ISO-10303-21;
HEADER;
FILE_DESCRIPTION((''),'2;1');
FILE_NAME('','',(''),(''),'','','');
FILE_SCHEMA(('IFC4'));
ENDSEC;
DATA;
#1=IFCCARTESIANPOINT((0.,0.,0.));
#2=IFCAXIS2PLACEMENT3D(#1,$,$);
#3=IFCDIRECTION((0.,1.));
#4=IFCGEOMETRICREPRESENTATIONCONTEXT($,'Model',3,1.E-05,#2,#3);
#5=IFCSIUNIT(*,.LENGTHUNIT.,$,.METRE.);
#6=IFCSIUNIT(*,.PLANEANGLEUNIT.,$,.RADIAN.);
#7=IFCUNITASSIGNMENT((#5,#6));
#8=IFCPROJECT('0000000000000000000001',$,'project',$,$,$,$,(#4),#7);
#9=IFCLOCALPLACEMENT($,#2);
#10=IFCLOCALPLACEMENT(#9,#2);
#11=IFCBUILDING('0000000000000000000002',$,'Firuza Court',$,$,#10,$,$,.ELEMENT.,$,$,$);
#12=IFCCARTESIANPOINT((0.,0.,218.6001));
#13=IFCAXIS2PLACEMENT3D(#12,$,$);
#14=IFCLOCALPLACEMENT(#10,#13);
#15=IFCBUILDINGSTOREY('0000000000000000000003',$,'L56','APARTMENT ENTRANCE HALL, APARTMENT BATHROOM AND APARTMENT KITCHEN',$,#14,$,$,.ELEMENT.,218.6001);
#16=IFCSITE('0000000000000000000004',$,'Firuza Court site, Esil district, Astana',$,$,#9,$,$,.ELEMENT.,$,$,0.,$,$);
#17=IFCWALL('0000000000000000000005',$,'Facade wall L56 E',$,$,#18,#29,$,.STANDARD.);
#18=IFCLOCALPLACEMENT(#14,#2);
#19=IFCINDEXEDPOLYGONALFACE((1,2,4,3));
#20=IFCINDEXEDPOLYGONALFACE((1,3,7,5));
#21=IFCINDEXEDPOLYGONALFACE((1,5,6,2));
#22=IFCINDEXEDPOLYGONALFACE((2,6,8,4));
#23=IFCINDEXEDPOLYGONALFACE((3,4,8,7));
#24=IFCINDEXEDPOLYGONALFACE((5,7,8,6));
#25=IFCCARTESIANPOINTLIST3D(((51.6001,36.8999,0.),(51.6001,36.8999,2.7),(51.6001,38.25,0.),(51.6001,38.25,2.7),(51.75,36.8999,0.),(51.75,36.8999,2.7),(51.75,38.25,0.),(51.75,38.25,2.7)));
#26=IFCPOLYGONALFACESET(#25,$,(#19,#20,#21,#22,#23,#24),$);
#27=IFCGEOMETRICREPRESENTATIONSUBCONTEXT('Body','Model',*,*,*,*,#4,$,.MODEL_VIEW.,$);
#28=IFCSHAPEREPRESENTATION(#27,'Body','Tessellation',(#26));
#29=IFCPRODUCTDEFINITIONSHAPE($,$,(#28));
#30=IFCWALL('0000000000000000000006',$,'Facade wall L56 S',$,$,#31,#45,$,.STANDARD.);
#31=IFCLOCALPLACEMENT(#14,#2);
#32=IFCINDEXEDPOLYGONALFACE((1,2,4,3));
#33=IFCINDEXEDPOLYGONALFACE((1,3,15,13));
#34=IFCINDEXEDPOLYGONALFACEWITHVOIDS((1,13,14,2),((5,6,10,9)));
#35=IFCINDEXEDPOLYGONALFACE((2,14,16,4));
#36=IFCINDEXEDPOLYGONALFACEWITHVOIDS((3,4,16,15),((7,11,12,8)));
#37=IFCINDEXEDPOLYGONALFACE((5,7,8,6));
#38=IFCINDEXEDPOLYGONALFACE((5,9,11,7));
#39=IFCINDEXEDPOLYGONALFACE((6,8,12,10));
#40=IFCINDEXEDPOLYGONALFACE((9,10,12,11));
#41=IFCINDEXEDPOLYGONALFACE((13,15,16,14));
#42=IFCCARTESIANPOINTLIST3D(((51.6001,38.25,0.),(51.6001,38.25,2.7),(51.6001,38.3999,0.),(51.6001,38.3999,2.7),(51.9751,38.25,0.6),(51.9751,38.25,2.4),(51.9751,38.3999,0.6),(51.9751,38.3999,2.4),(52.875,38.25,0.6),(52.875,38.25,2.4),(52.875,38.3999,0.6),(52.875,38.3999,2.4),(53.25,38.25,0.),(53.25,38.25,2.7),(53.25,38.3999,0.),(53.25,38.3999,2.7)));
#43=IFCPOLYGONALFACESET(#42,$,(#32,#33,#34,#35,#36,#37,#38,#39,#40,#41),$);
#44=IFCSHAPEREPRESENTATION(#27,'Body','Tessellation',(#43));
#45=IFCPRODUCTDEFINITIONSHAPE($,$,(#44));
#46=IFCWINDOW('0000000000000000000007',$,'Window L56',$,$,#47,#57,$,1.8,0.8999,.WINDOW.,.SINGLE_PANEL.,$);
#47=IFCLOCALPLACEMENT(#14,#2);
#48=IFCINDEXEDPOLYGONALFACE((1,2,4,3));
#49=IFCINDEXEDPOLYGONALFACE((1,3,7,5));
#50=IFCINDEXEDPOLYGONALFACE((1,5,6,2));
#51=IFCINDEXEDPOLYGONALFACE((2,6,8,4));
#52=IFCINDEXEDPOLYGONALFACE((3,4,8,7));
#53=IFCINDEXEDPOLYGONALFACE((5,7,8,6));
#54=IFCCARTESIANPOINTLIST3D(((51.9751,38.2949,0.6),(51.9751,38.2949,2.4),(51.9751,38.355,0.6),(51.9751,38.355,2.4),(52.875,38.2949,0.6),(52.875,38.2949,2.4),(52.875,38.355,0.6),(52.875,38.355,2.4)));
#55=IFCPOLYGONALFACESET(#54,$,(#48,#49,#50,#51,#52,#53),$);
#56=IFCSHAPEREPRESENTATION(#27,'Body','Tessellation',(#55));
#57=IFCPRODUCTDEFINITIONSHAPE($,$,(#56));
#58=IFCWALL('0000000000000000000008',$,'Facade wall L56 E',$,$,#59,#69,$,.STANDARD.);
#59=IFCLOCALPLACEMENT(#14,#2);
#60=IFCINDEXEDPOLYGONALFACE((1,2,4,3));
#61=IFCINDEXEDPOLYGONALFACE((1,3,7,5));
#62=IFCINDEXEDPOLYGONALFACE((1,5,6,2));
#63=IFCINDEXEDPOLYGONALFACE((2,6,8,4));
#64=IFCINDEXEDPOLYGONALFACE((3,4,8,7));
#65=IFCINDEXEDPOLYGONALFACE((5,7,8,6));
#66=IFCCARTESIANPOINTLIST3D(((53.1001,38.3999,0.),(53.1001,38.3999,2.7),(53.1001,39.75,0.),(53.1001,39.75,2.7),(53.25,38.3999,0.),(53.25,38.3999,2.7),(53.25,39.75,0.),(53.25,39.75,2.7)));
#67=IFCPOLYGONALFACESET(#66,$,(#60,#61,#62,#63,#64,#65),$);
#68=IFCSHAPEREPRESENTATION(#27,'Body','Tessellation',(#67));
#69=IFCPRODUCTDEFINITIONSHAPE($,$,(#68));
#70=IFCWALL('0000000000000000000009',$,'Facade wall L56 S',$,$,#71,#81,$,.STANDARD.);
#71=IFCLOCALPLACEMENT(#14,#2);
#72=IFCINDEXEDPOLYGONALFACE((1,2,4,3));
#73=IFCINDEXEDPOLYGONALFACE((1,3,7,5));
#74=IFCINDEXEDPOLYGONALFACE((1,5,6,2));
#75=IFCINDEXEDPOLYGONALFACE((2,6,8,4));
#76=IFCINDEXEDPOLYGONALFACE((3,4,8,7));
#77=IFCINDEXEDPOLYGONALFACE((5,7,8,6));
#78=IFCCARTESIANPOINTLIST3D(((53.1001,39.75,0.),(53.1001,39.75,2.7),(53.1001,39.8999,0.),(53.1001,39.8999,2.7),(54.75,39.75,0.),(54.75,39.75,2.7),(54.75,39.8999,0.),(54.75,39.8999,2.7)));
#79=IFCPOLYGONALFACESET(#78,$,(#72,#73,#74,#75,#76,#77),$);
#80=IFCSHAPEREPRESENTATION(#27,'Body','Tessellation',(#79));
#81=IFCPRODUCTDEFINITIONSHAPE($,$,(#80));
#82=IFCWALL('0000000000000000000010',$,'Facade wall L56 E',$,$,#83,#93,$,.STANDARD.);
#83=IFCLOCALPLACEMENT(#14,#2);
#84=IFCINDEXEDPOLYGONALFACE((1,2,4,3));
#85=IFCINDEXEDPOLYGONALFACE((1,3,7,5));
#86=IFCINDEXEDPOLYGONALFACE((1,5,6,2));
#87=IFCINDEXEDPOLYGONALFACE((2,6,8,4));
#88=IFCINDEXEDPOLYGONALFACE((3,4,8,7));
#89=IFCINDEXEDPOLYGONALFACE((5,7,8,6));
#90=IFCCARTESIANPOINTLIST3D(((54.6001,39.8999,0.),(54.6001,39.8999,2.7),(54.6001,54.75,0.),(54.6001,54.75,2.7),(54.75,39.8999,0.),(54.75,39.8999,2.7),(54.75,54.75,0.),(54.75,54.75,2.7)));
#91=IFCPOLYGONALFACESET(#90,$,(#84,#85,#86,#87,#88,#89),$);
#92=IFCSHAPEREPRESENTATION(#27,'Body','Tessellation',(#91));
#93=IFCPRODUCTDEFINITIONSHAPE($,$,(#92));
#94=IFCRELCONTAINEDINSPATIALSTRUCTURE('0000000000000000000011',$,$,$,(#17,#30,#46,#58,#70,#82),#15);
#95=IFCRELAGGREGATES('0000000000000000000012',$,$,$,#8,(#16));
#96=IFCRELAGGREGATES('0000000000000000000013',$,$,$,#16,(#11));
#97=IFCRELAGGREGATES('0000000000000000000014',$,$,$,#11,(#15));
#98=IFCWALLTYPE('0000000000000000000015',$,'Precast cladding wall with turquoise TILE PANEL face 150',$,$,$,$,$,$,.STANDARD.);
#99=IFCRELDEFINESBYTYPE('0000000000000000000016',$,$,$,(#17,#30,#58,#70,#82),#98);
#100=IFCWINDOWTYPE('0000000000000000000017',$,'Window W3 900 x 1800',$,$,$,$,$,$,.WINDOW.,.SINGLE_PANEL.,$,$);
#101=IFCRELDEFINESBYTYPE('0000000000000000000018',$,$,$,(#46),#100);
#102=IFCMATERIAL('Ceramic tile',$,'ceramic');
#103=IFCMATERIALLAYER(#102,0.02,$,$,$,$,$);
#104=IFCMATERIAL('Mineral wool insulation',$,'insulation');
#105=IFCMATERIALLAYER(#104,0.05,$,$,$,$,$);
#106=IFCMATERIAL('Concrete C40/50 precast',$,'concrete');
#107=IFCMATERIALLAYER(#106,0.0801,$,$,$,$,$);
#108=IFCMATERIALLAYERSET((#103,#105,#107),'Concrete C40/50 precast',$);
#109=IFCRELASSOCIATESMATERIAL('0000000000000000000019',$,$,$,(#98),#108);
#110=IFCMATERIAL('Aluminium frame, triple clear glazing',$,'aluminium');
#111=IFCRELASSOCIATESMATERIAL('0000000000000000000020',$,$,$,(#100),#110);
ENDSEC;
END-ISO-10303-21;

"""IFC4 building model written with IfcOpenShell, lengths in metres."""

from ifc_helpers import new_model, si_unit, direction, frame, frame_2d, origin, place, context, subcontext, project, spatial, rectangle, extrude, material, layer, layer_set, type_object, element, fill, save


model = new_model("IFC4")

# Units and contexts
model_context = context("Model", 3, precision=1e-05, world=origin(), true_north=direction((0.0, 1.0)))
body_context = subcontext(model_context, "Body", "Model", "MODEL_VIEW")
ifc_project = project(units=[si_unit("LENGTHUNIT", "METRE"), si_unit("PLANEANGLEUNIT", "RADIAN")], contexts=[model_context])

# Site, building, storey
site_placement = place(None, origin())
site = spatial("IfcSite", under=ifc_project, at=site_placement, Name="Firuza Court site, Esil district, Astana", CompositionType="ELEMENT", RefElevation=0.0)
building_placement = place(site_placement, origin())
building = spatial("IfcBuilding", under=site, at=building_placement, Name="Firuza Court", CompositionType="ELEMENT")
storey_placement = place(building_placement, frame((0.0, 0.0, 218.6001)))
storey = spatial("IfcBuildingStorey", under=building, at=storey_placement, Name="L56", Description="APARTMENT ENTRANCE HALL, APARTMENT BATHROOM AND APARTMENT KITCHEN", CompositionType="ELEMENT", Elevation=218.6001)

# Wall
ifc_material_1 = material(Name="Ceramic tile", Category="ceramic")
ifc_layer_1 = layer(ifc_material_1, 0.02)
ifc_material_2 = material(Name="Mineral wool insulation", Category="insulation")
ifc_layer_2 = layer(ifc_material_2, 0.05)
ifc_material_3 = material(Name="Concrete C40/50 precast", Category="concrete")
ifc_layer_3 = layer(ifc_material_3, 0.0801)
ifc_layer_set_1 = layer_set([ifc_layer_1, ifc_layer_2, ifc_layer_3], Name="Concrete C40/50 precast")
wall_type_1 = type_object("IfcWallType", Name="Precast cladding wall with turquoise TILE PANEL face 150", PredefinedType="STANDARD", material=ifc_layer_set_1)
wall_1_placement = place(storey_placement, frame((51.675, 36.8999, 0.0), z_axis=(0.0, 0.0, 1.0), x_axis=(0.0, 1.0, 0.0)))
element("IfcWall", 1, at=wall_1_placement, inside=storey, type_object=wall_type_1, Name="Facade wall L56 E", PredefinedType="STANDARD", context=body_context, shape_type="SweptSolid", body=[
    extrude(rectangle(XDim=1.3501, YDim=0.1499, at=frame_2d((0.675, 0.0))), origin(), (0.0, 0.0, 1.0), 2.7),
])

# Wall, opening, window
wall_2_placement = place(storey_placement, frame((51.6001, 38.325, 0.0), z_axis=(0.0, 0.0, 1.0), x_axis=(1.0, 0.0, 0.0)))
wall_2 = element("IfcWall", 2, at=wall_2_placement, inside=storey, type_object=wall_type_1, Name="Facade wall L56 S", PredefinedType="STANDARD", context=body_context, shape_type="SweptSolid", body=[
    extrude(rectangle(XDim=1.6499, YDim=0.1499, at=frame_2d((0.825, 0.0))), origin(), (0.0, 0.0, 1.0), 2.7),
])
opening_1_placement = place(wall_2_placement, frame((0.375, 0.0, 0.6001)))
opening_1 = element("IfcOpeningElement", 3, at=opening_1_placement, cuts=wall_2, PredefinedType="OPENING", context=body_context, shape_type="SweptSolid", body=[
    extrude(rectangle(XDim=0.8999, YDim=1.8, at=frame_2d((0.45, 0.8999))), frame((0.0, 0.0869, 0.0), z_axis=(0.0, -1.0, 0.0), x_axis=(1.0, 0.0, 0.0)), (0.0, 0.0, 1.0), 0.1738),
])
ifc_material_4 = material(Name="Aluminium frame, triple clear glazing", Category="aluminium")
window_type = type_object("IfcWindowType", Name="Window W3 900 x 1800", PartitioningType="SINGLE_PANEL", PredefinedType="WINDOW", material=ifc_material_4)
window_placement = place(opening_1_placement, origin())
window = element("IfcWindow", 4, at=window_placement, inside=storey, type_object=window_type, Name="Window L56", OverallHeight=1.8, OverallWidth=0.8999, PartitioningType="SINGLE_PANEL", PredefinedType="WINDOW", context=body_context, shape_type="SweptSolid", body=[
    extrude(rectangle(XDim=0.8999, YDim=1.8, at=frame_2d((0.45, 0.8999))), frame((0.0, 0.03, 0.0), z_axis=(0.0, -1.0, 0.0), x_axis=(1.0, 0.0, 0.0)), (0.0, 0.0, 1.0), 0.0601),
])
fill(opening_1, window)

# Walls
wall_3_placement = place(storey_placement, frame((53.175, 38.3999, 0.0), z_axis=(0.0, 0.0, 1.0), x_axis=(0.0, 1.0, 0.0)))
element("IfcWall", 5, at=wall_3_placement, inside=storey, type_object=wall_type_1, Name="Facade wall L56 E", PredefinedType="STANDARD", context=body_context, shape_type="SweptSolid", body=[
    extrude(rectangle(XDim=1.3501, YDim=0.1499, at=frame_2d((0.675, 0.0))), origin(), (0.0, 0.0, 1.0), 2.7),
])
wall_4_placement = place(storey_placement, frame((53.1001, 39.825, 0.0), z_axis=(0.0, 0.0, 1.0), x_axis=(1.0, 0.0, 0.0)))
element("IfcWall", 6, at=wall_4_placement, inside=storey, type_object=wall_type_1, Name="Facade wall L56 S", PredefinedType="STANDARD", context=body_context, shape_type="SweptSolid", body=[
    extrude(rectangle(XDim=1.6499, YDim=0.1499, at=frame_2d((0.825, 0.0))), origin(), (0.0, 0.0, 1.0), 2.7),
])
wall_5_placement = place(storey_placement, frame((54.675, 39.8999, 0.0), z_axis=(0.0, 0.0, 1.0), x_axis=(0.0, 1.0, 0.0)))
element("IfcWall", 7, at=wall_5_placement, inside=storey, type_object=wall_type_1, Name="Facade wall L56 E", PredefinedType="STANDARD", context=body_context, shape_type="SweptSolid", body=[
    extrude(rectangle(XDim=14.8501, YDim=0.1499, at=frame_2d((7.425, 0.0))), origin(), (0.0, 0.0, 1.0), 2.7),
])

save(model, "model.ifc")
